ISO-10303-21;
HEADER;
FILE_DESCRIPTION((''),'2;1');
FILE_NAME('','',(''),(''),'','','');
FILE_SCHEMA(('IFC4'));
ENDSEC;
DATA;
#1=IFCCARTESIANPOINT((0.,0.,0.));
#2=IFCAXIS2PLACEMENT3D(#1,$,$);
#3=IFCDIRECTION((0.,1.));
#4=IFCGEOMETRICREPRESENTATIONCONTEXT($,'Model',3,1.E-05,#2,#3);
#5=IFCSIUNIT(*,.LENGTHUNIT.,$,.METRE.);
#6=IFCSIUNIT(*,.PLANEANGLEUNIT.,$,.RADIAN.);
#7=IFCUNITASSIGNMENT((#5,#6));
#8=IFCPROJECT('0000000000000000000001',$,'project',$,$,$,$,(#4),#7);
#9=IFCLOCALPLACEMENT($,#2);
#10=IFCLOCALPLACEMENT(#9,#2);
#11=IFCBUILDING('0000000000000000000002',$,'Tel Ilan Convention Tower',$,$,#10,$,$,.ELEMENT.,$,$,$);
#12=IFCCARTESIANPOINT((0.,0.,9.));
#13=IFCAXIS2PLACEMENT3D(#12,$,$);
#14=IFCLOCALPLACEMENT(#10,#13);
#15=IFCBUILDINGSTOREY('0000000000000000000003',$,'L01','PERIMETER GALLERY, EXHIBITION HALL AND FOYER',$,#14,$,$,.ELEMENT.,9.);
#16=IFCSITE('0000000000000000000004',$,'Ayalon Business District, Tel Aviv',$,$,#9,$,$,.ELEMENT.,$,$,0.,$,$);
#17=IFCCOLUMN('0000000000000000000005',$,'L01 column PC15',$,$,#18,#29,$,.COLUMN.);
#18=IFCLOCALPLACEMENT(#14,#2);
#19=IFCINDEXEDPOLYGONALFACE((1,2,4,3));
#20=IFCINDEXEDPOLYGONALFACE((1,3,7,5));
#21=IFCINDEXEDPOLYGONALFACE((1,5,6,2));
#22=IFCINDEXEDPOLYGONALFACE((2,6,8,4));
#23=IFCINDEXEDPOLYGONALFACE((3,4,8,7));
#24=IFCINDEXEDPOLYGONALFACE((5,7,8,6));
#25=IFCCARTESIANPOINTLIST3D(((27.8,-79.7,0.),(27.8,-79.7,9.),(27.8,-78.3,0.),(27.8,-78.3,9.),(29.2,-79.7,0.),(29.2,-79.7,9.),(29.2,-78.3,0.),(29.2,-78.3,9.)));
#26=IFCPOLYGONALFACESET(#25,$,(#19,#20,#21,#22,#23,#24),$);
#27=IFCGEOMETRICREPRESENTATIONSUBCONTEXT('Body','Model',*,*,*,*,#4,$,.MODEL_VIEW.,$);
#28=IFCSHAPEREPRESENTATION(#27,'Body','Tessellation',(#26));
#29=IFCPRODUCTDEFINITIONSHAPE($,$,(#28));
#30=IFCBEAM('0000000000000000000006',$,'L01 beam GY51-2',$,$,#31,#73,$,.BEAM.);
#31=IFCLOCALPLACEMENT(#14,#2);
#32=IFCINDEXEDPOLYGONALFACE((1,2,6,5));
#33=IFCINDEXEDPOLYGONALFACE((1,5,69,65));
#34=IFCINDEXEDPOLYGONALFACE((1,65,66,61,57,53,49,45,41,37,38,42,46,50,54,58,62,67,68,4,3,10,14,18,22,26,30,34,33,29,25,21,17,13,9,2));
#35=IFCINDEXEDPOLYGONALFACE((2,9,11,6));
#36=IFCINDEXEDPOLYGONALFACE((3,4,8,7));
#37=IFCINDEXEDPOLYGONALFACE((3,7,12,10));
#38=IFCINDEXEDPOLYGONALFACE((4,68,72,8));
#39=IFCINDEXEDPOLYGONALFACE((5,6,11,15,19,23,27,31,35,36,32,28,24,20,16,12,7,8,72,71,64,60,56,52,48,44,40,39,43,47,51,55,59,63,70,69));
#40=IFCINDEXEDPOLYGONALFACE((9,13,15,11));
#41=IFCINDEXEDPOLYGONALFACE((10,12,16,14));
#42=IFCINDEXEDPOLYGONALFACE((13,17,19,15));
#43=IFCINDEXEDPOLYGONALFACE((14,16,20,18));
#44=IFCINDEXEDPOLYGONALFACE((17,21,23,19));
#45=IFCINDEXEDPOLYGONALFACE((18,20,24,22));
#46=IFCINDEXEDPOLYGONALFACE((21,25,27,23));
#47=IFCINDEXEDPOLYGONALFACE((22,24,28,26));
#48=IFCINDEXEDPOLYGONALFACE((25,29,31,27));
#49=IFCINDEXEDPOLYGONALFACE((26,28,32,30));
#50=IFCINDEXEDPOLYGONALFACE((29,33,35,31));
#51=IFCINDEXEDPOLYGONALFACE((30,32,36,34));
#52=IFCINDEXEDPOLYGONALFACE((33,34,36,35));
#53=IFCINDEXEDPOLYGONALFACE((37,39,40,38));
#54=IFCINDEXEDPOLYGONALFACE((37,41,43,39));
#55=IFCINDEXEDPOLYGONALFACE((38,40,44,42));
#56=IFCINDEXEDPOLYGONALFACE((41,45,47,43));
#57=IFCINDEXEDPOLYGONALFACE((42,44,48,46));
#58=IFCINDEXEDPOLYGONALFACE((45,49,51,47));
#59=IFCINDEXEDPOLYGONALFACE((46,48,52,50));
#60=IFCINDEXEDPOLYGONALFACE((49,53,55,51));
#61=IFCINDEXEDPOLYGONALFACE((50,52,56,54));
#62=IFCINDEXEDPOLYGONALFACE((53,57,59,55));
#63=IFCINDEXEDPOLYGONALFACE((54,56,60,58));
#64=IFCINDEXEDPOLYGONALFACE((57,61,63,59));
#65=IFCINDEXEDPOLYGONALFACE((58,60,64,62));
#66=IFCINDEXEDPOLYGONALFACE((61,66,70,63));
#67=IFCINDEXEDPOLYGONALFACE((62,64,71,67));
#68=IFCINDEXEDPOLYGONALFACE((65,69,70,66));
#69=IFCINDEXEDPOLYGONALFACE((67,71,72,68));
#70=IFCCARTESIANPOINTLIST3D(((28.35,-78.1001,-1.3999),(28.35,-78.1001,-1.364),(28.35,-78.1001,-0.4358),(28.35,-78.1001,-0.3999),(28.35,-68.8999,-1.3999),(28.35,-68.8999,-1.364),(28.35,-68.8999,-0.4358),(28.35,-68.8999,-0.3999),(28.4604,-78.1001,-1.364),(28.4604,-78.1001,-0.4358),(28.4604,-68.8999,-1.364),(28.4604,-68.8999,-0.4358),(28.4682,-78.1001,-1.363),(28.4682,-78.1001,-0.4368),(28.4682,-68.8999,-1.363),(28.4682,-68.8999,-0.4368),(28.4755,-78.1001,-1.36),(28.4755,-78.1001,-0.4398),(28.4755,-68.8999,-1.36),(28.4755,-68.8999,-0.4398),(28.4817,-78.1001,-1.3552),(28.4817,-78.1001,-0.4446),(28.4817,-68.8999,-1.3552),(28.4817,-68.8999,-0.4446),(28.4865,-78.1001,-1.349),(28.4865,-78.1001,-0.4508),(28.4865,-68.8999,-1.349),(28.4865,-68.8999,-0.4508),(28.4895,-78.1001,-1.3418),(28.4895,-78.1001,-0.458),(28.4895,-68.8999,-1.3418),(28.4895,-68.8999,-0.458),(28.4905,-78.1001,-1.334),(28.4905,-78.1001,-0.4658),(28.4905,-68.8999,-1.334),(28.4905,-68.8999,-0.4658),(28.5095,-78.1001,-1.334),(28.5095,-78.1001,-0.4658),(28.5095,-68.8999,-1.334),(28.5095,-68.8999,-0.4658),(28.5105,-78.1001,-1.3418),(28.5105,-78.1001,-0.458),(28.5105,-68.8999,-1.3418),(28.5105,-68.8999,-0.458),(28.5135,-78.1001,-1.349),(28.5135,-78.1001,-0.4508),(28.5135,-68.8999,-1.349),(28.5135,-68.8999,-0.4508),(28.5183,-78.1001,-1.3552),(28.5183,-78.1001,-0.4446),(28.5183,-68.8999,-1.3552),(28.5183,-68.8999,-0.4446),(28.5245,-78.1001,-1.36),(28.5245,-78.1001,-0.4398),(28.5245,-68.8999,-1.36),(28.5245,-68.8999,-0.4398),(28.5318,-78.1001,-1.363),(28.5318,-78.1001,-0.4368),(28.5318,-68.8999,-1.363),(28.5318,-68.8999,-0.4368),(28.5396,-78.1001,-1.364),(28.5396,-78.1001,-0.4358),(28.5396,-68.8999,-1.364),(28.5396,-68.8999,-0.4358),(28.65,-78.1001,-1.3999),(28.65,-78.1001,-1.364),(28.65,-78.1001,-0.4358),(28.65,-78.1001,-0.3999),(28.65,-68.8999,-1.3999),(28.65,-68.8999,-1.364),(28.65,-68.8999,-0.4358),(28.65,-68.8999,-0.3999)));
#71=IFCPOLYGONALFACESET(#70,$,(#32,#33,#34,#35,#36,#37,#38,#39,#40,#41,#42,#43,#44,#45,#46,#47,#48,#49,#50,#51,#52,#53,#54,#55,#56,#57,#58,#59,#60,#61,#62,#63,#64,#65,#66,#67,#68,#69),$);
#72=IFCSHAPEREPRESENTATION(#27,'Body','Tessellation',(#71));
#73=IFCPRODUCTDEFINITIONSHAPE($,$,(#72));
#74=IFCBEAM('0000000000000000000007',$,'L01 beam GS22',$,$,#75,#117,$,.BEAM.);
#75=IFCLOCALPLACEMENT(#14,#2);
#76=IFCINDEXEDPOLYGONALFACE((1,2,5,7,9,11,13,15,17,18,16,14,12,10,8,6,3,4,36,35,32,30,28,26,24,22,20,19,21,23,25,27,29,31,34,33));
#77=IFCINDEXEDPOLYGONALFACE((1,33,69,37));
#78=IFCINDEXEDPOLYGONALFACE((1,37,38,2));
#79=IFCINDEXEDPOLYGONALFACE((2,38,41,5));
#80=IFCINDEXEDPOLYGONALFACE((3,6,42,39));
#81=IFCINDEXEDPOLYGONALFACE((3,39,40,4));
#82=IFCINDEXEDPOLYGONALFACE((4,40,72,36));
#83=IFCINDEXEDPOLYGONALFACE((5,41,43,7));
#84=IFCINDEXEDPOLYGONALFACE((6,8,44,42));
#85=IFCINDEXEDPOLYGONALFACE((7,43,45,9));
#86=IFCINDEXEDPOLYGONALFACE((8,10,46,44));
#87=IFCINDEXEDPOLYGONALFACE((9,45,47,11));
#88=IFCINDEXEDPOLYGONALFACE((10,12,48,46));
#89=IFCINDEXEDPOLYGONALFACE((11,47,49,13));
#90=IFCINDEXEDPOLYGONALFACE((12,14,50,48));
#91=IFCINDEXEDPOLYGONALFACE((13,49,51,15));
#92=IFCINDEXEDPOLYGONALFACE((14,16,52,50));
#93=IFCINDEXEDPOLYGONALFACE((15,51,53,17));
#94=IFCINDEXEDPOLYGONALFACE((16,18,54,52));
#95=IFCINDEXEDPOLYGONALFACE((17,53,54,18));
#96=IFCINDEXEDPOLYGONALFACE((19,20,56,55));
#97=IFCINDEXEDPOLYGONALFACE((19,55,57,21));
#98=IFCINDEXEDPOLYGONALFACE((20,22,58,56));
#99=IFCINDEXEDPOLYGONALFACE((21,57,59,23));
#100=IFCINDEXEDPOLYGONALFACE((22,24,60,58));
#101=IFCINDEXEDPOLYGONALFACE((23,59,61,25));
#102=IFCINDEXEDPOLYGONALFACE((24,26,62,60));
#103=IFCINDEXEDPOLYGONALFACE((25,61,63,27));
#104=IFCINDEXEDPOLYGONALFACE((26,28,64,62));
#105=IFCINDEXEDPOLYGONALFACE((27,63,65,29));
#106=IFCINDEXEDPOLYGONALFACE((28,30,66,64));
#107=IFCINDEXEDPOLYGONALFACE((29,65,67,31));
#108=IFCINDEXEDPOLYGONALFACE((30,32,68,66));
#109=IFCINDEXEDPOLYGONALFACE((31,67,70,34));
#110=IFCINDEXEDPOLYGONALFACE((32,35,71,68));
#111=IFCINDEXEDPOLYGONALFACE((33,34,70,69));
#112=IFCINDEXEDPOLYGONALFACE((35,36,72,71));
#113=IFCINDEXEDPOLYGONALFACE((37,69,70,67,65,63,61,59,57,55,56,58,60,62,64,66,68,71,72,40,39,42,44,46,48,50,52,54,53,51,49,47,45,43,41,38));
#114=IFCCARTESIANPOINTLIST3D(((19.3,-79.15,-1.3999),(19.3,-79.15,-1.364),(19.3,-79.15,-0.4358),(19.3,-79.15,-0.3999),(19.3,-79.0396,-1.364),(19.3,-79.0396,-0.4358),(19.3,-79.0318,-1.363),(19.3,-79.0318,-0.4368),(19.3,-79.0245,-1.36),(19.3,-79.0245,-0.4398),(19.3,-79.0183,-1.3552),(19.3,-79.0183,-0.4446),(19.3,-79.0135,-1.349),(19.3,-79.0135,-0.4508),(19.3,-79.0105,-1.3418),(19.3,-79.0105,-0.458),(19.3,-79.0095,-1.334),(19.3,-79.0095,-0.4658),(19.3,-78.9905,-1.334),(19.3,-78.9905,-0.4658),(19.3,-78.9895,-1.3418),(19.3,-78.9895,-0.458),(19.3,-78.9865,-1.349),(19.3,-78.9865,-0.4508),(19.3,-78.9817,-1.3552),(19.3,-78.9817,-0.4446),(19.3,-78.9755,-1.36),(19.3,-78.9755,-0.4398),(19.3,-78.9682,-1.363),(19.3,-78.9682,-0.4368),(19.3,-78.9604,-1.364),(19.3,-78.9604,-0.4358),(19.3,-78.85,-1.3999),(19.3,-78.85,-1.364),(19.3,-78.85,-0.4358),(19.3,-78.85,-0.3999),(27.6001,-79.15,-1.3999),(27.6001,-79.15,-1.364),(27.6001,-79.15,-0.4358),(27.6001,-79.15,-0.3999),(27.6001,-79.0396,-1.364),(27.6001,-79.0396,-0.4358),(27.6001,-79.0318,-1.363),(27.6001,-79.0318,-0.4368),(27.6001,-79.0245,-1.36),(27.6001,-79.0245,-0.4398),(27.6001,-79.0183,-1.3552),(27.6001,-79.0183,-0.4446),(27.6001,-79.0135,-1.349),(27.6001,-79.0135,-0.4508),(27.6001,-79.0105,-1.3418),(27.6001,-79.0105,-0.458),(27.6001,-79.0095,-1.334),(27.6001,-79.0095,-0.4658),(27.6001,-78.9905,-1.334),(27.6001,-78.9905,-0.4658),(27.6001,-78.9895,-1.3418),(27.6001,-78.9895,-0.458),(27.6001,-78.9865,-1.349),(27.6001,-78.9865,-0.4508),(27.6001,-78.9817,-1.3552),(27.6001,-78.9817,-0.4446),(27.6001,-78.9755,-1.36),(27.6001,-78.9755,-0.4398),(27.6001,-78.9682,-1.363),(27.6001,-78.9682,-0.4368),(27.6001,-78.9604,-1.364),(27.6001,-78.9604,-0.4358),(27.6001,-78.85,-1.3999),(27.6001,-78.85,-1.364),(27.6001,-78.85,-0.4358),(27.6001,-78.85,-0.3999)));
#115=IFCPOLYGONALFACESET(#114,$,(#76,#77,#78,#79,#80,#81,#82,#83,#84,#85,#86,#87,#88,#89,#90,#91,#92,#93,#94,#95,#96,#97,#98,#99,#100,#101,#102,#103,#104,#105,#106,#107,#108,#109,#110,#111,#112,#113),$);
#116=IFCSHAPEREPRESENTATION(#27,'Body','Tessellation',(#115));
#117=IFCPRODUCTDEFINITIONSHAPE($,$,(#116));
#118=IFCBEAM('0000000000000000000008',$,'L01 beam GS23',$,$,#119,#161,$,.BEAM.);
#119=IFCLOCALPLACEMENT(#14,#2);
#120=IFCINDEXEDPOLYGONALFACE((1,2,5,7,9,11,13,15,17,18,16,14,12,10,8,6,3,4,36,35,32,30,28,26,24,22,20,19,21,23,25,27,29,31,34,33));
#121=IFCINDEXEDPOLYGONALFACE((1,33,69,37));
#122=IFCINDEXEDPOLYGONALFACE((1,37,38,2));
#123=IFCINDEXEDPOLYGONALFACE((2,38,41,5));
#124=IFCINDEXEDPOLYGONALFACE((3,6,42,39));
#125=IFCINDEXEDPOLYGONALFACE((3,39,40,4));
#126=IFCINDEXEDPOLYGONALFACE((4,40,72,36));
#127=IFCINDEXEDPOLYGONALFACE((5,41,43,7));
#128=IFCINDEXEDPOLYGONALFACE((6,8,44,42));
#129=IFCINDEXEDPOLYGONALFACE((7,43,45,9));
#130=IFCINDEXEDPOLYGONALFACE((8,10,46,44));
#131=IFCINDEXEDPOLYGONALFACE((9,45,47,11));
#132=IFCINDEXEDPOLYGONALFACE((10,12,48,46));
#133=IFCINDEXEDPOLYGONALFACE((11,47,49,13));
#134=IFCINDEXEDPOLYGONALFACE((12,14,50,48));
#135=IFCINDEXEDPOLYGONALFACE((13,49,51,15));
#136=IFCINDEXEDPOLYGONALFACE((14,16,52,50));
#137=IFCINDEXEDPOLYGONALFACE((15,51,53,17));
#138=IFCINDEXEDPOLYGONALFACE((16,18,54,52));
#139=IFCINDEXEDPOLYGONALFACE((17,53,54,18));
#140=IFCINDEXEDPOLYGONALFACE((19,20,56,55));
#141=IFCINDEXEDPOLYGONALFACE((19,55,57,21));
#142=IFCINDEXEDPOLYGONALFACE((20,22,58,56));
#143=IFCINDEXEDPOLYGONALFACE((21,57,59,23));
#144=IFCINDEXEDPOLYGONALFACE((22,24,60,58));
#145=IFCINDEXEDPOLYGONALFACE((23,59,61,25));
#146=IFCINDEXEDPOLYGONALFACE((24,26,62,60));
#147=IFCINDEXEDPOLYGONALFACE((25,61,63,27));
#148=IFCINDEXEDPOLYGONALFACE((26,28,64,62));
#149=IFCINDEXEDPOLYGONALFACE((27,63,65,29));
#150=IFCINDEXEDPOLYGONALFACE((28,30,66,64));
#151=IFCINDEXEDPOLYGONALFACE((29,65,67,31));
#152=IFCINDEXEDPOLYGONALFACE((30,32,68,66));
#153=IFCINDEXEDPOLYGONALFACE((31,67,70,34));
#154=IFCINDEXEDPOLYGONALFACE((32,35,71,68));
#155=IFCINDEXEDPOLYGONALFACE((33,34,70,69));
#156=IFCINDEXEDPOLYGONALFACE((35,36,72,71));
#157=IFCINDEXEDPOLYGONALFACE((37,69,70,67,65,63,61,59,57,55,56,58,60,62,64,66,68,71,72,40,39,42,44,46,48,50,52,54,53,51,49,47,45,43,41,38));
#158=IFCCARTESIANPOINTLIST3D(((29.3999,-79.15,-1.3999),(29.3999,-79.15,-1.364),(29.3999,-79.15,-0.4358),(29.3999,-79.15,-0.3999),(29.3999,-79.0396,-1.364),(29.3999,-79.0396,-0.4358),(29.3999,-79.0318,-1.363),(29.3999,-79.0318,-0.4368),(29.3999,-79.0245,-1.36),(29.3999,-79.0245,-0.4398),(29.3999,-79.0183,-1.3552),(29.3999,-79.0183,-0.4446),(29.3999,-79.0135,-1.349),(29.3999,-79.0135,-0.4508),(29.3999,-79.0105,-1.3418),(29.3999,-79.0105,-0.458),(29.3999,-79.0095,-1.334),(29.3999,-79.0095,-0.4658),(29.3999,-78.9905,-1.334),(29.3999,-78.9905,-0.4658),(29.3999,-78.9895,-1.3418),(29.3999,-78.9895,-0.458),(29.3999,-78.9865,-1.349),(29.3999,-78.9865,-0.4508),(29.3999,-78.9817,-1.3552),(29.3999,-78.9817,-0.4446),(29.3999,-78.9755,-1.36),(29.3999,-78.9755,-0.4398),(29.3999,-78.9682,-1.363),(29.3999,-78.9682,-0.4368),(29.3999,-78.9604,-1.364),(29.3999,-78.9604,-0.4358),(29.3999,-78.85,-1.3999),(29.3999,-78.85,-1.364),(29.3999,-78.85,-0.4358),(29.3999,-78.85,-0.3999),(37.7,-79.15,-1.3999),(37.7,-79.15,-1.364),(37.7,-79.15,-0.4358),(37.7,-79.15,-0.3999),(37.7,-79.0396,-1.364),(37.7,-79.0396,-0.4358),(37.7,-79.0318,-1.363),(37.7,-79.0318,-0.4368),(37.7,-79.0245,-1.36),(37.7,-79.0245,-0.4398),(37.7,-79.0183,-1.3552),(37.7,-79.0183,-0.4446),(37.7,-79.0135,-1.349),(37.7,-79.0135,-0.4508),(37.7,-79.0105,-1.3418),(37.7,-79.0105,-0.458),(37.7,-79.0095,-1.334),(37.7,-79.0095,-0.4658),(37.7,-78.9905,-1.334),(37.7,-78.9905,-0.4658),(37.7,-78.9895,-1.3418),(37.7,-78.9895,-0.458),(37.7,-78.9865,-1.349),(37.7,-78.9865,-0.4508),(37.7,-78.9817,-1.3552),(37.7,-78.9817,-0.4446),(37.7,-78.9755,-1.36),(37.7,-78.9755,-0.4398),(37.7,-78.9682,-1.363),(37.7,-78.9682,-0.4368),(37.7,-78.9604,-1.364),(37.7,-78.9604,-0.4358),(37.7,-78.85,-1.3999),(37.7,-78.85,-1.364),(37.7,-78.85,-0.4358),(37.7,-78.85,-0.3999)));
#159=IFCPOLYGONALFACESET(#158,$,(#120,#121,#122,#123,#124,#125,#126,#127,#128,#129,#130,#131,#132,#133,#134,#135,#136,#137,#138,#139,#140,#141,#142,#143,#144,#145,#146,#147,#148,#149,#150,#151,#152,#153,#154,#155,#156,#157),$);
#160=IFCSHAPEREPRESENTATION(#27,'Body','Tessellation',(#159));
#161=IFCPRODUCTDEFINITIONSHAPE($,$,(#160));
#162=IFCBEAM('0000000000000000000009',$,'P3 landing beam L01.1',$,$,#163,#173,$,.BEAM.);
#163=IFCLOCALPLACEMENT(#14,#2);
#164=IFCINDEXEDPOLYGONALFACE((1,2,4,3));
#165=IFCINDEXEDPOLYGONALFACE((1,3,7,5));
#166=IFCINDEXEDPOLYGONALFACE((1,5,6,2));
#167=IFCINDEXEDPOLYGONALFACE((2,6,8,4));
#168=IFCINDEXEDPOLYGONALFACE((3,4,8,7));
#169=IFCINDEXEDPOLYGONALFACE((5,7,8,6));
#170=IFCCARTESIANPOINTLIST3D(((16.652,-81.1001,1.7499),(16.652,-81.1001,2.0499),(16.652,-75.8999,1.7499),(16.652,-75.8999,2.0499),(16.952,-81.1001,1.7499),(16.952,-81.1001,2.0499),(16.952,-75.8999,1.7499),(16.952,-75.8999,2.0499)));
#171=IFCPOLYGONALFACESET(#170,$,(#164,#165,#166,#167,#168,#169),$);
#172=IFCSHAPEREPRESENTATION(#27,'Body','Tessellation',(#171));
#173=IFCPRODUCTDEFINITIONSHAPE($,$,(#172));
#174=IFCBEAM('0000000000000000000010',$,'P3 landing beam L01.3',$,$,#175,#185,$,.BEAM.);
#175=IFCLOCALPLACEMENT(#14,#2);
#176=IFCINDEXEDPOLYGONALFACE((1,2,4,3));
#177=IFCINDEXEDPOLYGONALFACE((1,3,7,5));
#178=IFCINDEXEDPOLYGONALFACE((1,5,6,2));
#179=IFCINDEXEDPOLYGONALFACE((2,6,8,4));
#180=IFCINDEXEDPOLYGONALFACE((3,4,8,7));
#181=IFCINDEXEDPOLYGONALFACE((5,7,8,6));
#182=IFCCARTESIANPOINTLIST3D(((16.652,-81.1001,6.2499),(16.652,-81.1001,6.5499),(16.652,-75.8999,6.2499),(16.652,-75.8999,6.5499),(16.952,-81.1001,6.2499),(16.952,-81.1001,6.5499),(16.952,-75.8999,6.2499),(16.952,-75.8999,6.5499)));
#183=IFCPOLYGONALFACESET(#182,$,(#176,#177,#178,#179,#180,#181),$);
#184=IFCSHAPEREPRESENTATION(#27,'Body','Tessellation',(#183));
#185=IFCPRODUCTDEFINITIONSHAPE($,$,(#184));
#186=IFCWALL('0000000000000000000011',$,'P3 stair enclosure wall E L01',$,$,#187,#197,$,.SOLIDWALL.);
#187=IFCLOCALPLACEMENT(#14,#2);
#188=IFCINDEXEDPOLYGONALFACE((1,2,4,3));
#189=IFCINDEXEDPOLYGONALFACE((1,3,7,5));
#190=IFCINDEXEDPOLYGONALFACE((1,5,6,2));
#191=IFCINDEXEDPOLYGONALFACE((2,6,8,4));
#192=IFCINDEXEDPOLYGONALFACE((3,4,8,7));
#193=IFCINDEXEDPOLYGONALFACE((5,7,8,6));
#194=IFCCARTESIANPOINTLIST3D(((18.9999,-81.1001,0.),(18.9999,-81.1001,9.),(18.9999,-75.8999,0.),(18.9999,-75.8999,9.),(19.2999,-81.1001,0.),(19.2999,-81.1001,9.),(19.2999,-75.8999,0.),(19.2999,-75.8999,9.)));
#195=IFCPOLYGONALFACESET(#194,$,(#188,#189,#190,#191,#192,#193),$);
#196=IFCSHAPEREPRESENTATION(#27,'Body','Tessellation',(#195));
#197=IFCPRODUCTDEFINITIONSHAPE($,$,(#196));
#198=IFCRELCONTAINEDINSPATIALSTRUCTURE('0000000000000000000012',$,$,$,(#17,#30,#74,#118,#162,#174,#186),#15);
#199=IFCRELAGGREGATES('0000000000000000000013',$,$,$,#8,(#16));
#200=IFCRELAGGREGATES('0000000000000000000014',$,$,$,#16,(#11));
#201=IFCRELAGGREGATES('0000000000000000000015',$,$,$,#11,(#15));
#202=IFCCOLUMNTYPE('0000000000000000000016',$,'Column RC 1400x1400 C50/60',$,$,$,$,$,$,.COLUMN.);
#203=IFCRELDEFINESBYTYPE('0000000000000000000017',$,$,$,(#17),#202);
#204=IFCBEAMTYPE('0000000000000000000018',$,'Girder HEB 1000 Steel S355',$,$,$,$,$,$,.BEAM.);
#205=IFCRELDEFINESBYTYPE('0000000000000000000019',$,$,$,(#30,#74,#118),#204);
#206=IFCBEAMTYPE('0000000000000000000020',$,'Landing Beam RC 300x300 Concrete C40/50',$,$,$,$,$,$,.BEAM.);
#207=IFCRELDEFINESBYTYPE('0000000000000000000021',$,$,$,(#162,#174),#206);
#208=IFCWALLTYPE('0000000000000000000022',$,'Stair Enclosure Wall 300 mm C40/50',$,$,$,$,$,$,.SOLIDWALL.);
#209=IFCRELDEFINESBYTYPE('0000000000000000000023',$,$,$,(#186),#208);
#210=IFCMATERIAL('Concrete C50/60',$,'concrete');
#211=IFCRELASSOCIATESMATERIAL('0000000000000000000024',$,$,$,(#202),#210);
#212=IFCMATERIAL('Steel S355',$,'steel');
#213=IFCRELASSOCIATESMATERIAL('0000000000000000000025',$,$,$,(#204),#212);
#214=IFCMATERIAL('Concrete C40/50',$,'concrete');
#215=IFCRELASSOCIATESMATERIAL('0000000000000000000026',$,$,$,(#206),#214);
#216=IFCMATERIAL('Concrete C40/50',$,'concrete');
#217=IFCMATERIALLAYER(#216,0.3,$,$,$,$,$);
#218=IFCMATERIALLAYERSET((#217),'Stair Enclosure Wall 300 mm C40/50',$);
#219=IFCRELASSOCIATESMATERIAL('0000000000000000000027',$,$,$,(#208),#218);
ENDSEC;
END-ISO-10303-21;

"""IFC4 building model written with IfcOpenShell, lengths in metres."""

from ifc_helpers import new_model, si_unit, direction, frame, frame_2d, origin, origin_2d, place, context, subcontext, project, spatial, rectangle, i_section, extrude, material, layer, layer_set, material_profile, profile_set, type_object, element, save


model = new_model("IFC4")

# Units and contexts
model_context = context("Model", 3, precision=1e-05, world=origin(), true_north=direction((0.0, 1.0)))
body_context = subcontext(model_context, "Body", "Model", "MODEL_VIEW")
ifc_project = project(units=[si_unit("LENGTHUNIT", "METRE"), si_unit("PLANEANGLEUNIT", "RADIAN")], contexts=[model_context])

# Site, building, storey
site_placement = place(None, origin())
site = spatial("IfcSite", under=ifc_project, at=site_placement, Name="Ayalon Business District, Tel Aviv", CompositionType="ELEMENT", RefElevation=0.0)
building_placement = place(site_placement, origin())
building = spatial("IfcBuilding", under=site, at=building_placement, Name="Tel Ilan Convention Tower", CompositionType="ELEMENT")
storey_placement = place(building_placement, frame((0.0, 0.0, 9.0)))
storey = spatial("IfcBuildingStorey", under=building, at=storey_placement, Name="L01", Description="PERIMETER GALLERY, EXHIBITION HALL AND FOYER", CompositionType="ELEMENT", Elevation=9.0)

# Column
ifc_material_1 = material(Name="Concrete C50/60", Category="concrete")
ifc_material_profile_1 = material_profile(ifc_material_1, rectangle(XDim=1.3999, YDim=1.3999, at=origin_2d()), Name="RC 1400x1400")
ifc_profile_set_1 = profile_set([ifc_material_profile_1], Name="Concrete C50/60")
column_type = type_object("IfcColumnType", Name="Column RC 1400x1400 C50/60", PredefinedType="COLUMN", material=ifc_profile_set_1)
column_placement = place(storey_placement, frame((28.5, -79.0, 0.0), z_axis=(0.0, 0.0, 1.0), x_axis=(1.0, 0.0, 0.0)))
element("IfcColumn", 1, at=column_placement, inside=storey, type_object=column_type, Name="L01 column PC15", PredefinedType="COLUMN", context=body_context, shape_type="SweptSolid", body=[
    extrude(rectangle(XDim=1.3999, YDim=1.3999, at=origin_2d()), origin(), (0.0, 0.0, 1.0), 9.0),
])

# Beams
ifc_material_2 = material(Name="Steel S355", Category="steel")
ifc_material_profile_2 = material_profile(ifc_material_2, i_section(OverallWidth=0.3, OverallDepth=1.0, WebThickness=0.019, FlangeThickness=0.0359, FilletRadius=0.03, at=origin_2d()), Name="HEB 1000")
ifc_profile_set_2 = profile_set([ifc_material_profile_2], Name="Steel S355")
beam_type_1 = type_object("IfcBeamType", Name="Girder HEB 1000 Steel S355", PredefinedType="BEAM", material=ifc_profile_set_2)
beam_placement = place(storey_placement, frame((28.5, -78.1001, -0.8999), z_axis=(0.0, 1.0, 0.0), x_axis=(-1.0, 0.0, 0.0)))
element("IfcBeam", 2, at=beam_placement, inside=storey, type_object=beam_type_1, Name="L01 beam GY51-2", PredefinedType="BEAM", context=body_context, shape_type="SweptSolid", body=[
    extrude(i_section(OverallWidth=0.3, OverallDepth=1.0, WebThickness=0.019, FlangeThickness=0.0359, FilletRadius=0.03, at=origin_2d()), origin(), (0.0, 0.0, 1.0), 9.2002),
])
for number, where, z_axis, x_axis, name in (
    (3, (19.3, -79.0, -0.8999), (1.0, 0.0, 0.0), (0.0, 1.0, 0.0), "L01 beam GS22"),
    (4, (29.3999, -79.0, -0.8999), (1.0, 0.0, 0.0), (0.0, 1.0, 0.0), "L01 beam GS23"),
):
    element("IfcBeam", number, at=place(storey_placement, frame(where, z_axis=z_axis, x_axis=x_axis)), inside=storey, type_object=beam_type_1, Name=name, PredefinedType="BEAM", context=body_context, shape_type="SweptSolid", body=[
        extrude(i_section(OverallWidth=0.3, OverallDepth=1.0, WebThickness=0.019, FlangeThickness=0.0359, FilletRadius=0.03, at=origin_2d()), origin(), (0.0, 0.0, 1.0), 8.3),
    ])
ifc_material_3 = material(Name="Concrete C40/50", Category="concrete")
ifc_material_profile_3 = material_profile(ifc_material_3, rectangle(XDim=0.3, YDim=0.3, at=origin_2d()), Name="RC 300x300")
ifc_profile_set_3 = profile_set([ifc_material_profile_3], Name="Concrete C40/50")
beam_type_2 = type_object("IfcBeamType", Name="Landing Beam RC 300x300 Concrete C40/50", PredefinedType="BEAM", material=ifc_profile_set_3)
for number, where, z_axis, x_axis, name in (
    (5, (16.802, -81.1001, 1.8999), (0.0, 1.0, 0.0), (-1.0, 0.0, 0.0), "P3 landing beam L01.1"),
    (6, (16.802, -81.1001, 6.3999), (0.0, 1.0, 0.0), (-1.0, 0.0, 0.0), "P3 landing beam L01.3"),
):
    element("IfcBeam", number, at=place(storey_placement, frame(where, z_axis=z_axis, x_axis=x_axis)), inside=storey, type_object=beam_type_2, Name=name, PredefinedType="BEAM", context=body_context, shape_type="SweptSolid", body=[
        extrude(rectangle(XDim=0.3, YDim=0.3, at=origin_2d()), origin(), (0.0, 0.0, 1.0), 5.2002),
    ])

# Wall
ifc_material_4 = material(Name="Concrete C40/50", Category="concrete")
ifc_layer = layer(ifc_material_4, 0.3)
ifc_layer_set = layer_set([ifc_layer], Name="Stair Enclosure Wall 300 mm C40/50")
wall_type = type_object("IfcWallType", Name="Stair Enclosure Wall 300 mm C40/50", PredefinedType="SOLIDWALL", material=ifc_layer_set)
wall_placement = place(storey_placement, frame((19.1499, -81.1001, 0.0), z_axis=(0.0, 0.0, 1.0), x_axis=(0.0, 1.0, 0.0)))
element("IfcWall", 7, at=wall_placement, inside=storey, type_object=wall_type, Name="P3 stair enclosure wall E L01", PredefinedType="SOLIDWALL", context=body_context, shape_type="SweptSolid", body=[
    extrude(rectangle(XDim=5.2002, YDim=0.3, at=frame_2d((2.6001, 0.0))), origin(), (0.0, 0.0, 1.0), 9.0),
])

save(model, "model.ifc")
